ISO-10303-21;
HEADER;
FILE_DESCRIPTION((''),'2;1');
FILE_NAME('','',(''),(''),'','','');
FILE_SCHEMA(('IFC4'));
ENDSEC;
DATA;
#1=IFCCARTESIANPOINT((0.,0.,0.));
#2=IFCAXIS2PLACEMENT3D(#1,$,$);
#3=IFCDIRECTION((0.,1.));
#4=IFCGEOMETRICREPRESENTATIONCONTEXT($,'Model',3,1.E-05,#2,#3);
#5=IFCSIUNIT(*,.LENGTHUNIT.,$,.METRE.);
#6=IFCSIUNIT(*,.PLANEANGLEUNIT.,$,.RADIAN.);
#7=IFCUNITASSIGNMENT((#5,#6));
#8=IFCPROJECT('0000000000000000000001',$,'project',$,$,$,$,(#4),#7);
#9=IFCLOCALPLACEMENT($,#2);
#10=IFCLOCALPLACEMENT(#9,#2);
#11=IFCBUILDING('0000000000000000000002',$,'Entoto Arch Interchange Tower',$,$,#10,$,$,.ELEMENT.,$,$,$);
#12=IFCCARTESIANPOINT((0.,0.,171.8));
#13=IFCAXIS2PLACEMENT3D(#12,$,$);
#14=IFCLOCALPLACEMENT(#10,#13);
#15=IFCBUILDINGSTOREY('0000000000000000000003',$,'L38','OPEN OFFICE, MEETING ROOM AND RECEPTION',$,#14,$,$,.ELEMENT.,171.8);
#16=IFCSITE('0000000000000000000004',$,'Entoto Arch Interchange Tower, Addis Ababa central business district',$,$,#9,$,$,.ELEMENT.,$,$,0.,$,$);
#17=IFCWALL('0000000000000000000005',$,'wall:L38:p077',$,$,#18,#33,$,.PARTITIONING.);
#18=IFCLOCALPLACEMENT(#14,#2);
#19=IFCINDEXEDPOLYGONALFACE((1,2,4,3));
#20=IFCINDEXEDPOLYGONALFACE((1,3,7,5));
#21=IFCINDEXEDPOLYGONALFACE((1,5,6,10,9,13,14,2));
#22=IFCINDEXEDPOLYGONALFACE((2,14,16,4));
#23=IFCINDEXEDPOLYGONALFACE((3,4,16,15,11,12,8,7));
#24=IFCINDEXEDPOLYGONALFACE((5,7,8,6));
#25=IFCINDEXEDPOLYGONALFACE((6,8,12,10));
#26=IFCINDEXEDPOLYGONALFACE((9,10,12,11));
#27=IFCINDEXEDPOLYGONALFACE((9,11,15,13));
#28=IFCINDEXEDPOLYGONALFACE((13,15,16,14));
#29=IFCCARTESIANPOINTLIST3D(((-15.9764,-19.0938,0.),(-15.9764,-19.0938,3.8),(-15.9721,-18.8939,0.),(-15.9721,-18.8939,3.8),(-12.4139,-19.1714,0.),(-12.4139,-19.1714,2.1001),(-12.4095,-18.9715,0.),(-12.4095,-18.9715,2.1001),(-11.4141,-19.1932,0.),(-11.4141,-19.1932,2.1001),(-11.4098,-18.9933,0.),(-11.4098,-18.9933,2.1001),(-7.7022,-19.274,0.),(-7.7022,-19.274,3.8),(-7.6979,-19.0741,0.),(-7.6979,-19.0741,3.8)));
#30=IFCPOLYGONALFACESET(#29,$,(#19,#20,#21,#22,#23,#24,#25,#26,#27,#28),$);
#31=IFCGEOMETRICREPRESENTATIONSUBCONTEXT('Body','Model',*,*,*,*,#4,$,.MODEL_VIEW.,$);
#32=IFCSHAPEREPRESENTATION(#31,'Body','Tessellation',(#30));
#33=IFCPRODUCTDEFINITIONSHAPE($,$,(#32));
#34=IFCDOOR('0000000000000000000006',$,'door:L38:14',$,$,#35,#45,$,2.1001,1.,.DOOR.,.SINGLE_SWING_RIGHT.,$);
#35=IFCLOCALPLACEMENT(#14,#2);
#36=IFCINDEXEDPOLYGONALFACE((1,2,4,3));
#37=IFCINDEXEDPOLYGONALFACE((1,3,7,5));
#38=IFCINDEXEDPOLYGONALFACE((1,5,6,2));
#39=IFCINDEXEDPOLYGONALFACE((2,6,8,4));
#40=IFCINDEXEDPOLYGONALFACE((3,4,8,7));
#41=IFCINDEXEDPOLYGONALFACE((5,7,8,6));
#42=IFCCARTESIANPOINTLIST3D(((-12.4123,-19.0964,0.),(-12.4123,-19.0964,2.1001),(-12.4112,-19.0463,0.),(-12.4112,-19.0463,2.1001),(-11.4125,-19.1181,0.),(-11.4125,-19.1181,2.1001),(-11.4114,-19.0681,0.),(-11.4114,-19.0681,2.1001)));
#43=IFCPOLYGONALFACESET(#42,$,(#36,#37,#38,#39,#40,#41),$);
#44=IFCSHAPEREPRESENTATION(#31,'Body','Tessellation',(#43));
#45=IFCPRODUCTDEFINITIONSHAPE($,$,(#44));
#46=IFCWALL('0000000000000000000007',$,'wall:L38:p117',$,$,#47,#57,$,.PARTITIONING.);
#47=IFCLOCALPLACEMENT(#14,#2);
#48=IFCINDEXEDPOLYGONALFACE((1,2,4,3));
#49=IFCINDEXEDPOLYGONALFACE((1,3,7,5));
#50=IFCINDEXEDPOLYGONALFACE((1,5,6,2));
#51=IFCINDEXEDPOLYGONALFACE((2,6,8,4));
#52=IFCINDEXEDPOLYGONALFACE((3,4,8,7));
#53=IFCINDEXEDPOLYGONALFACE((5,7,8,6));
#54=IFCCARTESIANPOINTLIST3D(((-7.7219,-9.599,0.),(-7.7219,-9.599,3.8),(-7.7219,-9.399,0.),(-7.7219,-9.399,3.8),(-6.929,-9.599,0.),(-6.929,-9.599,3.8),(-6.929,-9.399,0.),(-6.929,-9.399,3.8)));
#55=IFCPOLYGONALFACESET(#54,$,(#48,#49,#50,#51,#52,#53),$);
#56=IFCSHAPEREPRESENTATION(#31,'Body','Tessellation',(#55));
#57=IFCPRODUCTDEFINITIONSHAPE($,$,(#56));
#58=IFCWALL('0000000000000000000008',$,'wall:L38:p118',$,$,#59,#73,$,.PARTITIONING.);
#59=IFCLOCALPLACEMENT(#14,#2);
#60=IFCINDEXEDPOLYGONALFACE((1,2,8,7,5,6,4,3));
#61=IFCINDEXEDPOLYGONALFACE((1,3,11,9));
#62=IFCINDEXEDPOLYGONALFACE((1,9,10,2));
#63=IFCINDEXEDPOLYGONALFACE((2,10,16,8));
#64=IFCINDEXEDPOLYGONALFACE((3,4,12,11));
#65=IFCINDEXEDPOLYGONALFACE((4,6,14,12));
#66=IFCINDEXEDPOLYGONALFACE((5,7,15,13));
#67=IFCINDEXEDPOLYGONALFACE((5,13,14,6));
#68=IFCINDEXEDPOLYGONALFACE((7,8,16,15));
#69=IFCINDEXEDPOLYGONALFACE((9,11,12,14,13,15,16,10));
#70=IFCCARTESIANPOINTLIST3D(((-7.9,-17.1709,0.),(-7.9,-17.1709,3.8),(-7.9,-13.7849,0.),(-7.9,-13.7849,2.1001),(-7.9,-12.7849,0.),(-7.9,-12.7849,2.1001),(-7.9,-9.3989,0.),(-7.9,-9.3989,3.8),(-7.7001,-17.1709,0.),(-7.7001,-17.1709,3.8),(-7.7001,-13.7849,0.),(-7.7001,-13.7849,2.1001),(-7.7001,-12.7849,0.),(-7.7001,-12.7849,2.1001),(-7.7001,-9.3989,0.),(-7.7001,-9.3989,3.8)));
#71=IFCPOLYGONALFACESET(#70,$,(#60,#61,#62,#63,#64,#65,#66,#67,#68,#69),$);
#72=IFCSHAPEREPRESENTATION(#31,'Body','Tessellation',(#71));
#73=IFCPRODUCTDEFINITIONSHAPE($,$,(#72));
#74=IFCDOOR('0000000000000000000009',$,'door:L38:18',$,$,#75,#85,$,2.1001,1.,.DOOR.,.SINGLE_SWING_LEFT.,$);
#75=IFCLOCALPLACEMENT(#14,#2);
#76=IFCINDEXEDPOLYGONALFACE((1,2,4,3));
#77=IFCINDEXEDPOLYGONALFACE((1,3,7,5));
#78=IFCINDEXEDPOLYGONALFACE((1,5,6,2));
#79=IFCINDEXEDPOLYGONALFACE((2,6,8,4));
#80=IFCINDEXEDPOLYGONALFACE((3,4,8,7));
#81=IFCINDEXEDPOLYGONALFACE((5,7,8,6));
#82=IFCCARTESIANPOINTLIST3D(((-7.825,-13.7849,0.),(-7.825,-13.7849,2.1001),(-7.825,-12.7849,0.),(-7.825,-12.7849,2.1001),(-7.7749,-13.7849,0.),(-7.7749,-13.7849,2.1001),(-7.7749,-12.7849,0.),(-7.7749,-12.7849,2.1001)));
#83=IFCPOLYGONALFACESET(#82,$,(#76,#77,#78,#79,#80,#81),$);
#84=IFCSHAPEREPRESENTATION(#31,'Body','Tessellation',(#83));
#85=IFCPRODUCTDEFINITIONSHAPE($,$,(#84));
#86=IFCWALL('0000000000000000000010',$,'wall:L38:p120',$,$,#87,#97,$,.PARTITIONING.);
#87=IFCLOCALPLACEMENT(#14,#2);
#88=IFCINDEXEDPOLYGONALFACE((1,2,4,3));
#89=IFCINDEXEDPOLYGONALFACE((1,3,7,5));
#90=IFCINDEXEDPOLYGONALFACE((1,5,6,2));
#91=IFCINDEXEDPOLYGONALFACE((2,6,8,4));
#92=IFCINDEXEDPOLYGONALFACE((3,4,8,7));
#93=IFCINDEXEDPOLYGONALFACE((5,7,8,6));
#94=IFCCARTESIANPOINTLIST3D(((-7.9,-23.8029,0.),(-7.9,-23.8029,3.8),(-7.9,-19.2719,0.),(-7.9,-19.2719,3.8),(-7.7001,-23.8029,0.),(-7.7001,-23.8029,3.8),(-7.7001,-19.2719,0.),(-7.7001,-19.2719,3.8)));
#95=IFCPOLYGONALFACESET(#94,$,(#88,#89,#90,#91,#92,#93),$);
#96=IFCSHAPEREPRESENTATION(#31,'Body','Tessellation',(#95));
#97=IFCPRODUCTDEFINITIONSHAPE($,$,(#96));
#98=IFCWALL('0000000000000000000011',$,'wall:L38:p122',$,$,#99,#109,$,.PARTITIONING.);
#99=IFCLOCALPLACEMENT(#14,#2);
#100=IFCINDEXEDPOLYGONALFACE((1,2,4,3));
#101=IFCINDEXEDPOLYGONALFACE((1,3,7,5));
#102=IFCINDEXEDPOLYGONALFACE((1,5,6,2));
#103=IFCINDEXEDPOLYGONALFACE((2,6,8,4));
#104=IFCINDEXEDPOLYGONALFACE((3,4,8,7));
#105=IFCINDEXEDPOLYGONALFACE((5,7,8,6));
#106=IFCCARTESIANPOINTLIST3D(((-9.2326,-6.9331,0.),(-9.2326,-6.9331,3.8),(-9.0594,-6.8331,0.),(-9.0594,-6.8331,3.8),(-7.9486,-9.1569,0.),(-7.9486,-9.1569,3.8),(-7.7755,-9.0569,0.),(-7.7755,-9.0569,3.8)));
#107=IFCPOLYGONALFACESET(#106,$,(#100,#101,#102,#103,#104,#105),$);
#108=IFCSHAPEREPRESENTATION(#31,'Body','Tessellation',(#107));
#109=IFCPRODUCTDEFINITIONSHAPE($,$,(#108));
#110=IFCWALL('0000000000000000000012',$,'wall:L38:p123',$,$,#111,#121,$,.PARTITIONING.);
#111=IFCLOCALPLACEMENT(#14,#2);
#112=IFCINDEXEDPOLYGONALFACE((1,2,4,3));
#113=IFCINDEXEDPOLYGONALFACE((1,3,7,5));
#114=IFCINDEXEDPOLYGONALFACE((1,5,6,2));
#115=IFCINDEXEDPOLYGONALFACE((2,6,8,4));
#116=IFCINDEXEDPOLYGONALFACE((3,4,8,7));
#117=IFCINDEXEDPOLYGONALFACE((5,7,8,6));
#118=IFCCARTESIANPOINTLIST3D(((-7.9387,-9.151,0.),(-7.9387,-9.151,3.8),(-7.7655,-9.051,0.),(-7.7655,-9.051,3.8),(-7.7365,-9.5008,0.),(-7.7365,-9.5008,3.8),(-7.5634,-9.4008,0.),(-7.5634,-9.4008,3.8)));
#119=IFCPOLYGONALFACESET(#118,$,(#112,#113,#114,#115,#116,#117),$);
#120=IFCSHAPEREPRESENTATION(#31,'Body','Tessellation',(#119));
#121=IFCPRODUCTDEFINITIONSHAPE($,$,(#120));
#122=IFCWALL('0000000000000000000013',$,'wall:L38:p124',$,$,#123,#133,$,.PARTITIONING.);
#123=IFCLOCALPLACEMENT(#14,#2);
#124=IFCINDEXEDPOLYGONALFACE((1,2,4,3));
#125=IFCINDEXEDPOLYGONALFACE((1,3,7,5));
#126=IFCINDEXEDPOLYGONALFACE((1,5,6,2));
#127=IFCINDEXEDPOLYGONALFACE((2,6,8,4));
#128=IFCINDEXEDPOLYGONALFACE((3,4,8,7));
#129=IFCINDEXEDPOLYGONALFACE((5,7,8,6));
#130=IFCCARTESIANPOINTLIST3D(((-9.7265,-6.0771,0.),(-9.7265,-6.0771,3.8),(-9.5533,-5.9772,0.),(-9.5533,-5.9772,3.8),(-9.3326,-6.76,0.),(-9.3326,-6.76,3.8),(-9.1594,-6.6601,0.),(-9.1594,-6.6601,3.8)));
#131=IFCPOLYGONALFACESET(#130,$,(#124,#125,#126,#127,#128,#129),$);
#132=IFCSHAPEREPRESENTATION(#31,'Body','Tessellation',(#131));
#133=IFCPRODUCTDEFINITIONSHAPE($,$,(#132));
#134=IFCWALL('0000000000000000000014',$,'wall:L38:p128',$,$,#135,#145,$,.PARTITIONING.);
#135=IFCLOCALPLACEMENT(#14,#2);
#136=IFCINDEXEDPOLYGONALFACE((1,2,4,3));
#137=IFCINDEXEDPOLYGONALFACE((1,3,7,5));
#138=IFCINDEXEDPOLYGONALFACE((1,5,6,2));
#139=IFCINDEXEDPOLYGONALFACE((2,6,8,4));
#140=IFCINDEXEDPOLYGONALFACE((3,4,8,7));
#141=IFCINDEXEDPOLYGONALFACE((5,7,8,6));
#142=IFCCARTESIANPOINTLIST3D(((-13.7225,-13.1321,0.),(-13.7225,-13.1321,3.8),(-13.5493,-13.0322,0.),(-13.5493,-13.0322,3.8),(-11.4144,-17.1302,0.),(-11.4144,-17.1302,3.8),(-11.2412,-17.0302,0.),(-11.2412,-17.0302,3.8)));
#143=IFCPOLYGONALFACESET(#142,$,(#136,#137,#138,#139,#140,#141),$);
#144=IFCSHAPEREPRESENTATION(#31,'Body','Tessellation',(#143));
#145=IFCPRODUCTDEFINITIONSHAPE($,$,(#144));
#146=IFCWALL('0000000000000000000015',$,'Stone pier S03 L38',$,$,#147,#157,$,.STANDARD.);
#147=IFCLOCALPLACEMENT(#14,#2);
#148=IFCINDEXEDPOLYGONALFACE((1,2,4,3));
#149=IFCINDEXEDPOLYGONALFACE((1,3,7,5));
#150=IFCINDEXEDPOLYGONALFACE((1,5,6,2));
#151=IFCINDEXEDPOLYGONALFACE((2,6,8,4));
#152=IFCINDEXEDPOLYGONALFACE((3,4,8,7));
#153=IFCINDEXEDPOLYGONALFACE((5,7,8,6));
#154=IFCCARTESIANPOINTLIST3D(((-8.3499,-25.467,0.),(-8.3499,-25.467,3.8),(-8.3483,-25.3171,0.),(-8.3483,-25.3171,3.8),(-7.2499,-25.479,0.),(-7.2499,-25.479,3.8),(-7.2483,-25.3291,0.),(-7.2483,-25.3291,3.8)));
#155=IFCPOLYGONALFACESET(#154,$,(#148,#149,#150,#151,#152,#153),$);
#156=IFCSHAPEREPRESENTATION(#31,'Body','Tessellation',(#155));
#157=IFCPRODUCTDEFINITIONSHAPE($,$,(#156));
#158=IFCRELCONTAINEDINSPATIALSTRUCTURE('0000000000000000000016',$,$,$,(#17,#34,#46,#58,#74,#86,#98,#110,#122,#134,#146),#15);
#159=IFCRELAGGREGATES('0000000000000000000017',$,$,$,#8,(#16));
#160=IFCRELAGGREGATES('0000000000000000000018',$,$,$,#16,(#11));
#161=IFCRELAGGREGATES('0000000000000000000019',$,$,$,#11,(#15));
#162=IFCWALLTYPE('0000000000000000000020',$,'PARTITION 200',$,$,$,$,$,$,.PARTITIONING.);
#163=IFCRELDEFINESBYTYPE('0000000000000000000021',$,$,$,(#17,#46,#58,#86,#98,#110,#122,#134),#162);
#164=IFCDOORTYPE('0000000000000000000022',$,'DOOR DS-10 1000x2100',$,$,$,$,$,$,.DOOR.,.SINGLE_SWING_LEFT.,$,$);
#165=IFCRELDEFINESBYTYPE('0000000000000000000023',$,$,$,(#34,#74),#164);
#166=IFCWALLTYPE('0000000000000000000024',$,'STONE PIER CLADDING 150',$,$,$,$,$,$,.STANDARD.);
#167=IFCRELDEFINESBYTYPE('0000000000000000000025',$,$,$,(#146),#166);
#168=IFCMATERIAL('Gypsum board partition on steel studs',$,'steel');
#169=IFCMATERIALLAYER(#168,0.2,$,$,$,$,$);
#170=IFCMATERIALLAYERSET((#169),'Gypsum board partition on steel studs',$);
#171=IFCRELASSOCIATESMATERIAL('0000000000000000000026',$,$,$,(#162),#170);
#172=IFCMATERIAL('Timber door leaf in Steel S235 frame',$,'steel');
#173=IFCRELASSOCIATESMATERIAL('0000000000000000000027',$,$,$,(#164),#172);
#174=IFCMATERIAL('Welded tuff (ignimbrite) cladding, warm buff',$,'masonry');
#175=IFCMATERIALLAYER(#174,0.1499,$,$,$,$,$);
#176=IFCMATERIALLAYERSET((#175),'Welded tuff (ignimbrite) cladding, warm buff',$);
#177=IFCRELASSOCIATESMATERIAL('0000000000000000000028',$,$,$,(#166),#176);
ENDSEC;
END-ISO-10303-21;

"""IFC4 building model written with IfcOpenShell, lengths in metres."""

from ifc_helpers import new_model, si_unit, direction, frame, frame_2d, origin, place, context, subcontext, project, spatial, rectangle, extrude, material, layer, layer_set, type_object, element, fill, save


model = new_model("IFC4")

# Units and contexts
model_context = context("Model", 3, precision=1e-05, world=origin(), true_north=direction((0.0, 1.0)))
body_context = subcontext(model_context, "Body", "Model", "MODEL_VIEW")
ifc_project = project(units=[si_unit("LENGTHUNIT", "METRE"), si_unit("PLANEANGLEUNIT", "RADIAN")], contexts=[model_context])

# Site, building, storey
site_placement = place(None, origin())
site = spatial("IfcSite", under=ifc_project, at=site_placement, Name="Entoto Arch Interchange Tower, Addis Ababa central business district", CompositionType="ELEMENT", RefElevation=0.0)
building_placement = place(site_placement, origin())
building = spatial("IfcBuilding", under=site, at=building_placement, Name="Entoto Arch Interchange Tower", CompositionType="ELEMENT")
storey_placement = place(building_placement, frame((0.0, 0.0, 171.8)))
storey = spatial("IfcBuildingStorey", under=building, at=storey_placement, Name="L38", Description="OPEN OFFICE, MEETING ROOM AND RECEPTION", CompositionType="ELEMENT", Elevation=171.8)

# Shared definitions
ifc_material_1 = material(Name="Gypsum board partition on steel studs", Category="steel")
ifc_layer_1 = layer(ifc_material_1, 0.2)
ifc_layer_set_1 = layer_set([ifc_layer_1], Name="Gypsum board partition on steel studs")
wall_type_1 = type_object("IfcWallType", Name="PARTITION 200", PredefinedType="PARTITIONING", material=ifc_layer_set_1)

# Wall, opening, door
wall_1_placement = place(storey_placement, frame((-7.7, -19.1741, 0.0), z_axis=(0.0, 0.0, 1.0), x_axis=(-0.999763, 0.021771, 0.0)))
wall_1 = element("IfcWall", 1, at=wall_1_placement, inside=storey, type_object=wall_type_1, Name="wall:L38:p077", PredefinedType="PARTITIONING", context=body_context, shape_type="SweptSolid", body=[
    extrude(rectangle(XDim=8.2761, YDim=0.2, at=frame_2d((4.1382, 0.0))), origin(), (0.0, 0.0, 1.0), 3.8),
])
opening_1_placement = place(wall_1_placement, frame((3.7129, 0.0, 0.0)))
opening_1 = element("IfcOpeningElement", 2, at=opening_1_placement, cuts=wall_1, PredefinedType="OPENING", context=body_context, shape_type="SweptSolid", body=[
    extrude(rectangle(XDim=1.0, YDim=2.1001, at=frame_2d((0.5, 1.05))), frame((0.0, 0.1099, 0.0), z_axis=(0.0, -1.0, 0.0), x_axis=(1.0, 0.0, 0.0)), (0.0, 0.0, 1.0), 0.22),
])
ifc_material_2 = material(Name="Timber door leaf in Steel S235 frame", Category="steel")
door_type = type_object("IfcDoorType", Name="DOOR DS-10 1000x2100", OperationType="SINGLE_SWING_LEFT", PredefinedType="DOOR", material=ifc_material_2)
door_1_placement = place(opening_1_placement, origin())
door_1 = element("IfcDoor", 3, at=door_1_placement, inside=storey, type_object=door_type, Name="door:L38:14", OperationType="SINGLE_SWING_RIGHT", OverallHeight=2.1001, OverallWidth=1.0, PredefinedType="DOOR", context=body_context, shape_type="SweptSolid", body=[
    extrude(rectangle(XDim=1.0, YDim=2.1001, at=frame_2d((0.5, 1.05))), frame((0.0, 0.0249, 0.0), z_axis=(0.0, -1.0, 0.0), x_axis=(1.0, 0.0, 0.0)), (0.0, 0.0, 1.0), 0.05),
])
fill(opening_1, door_1)

# Wall
wall_2_placement = place(storey_placement, frame((-7.7219, -9.499, 0.0), z_axis=(0.0, 0.0, 1.0), x_axis=(1.0, 0.0, 0.0)))
element("IfcWall", 4, at=wall_2_placement, inside=storey, type_object=wall_type_1, Name="wall:L38:p117", PredefinedType="PARTITIONING", context=body_context, shape_type="SweptSolid", body=[
    extrude(rectangle(XDim=0.793, YDim=0.2, at=frame_2d((0.3965, 0.0))), origin(), (0.0, 0.0, 1.0), 3.8),
])

# Wall, opening, door
wall_3_placement = place(storey_placement, frame((-7.8, -17.1709, 0.0), z_axis=(0.0, 0.0, 1.0), x_axis=(0.0, 1.0, 0.0)))
wall_3 = element("IfcWall", 5, at=wall_3_placement, inside=storey, type_object=wall_type_1, Name="wall:L38:p118", PredefinedType="PARTITIONING", context=body_context, shape_type="SweptSolid", body=[
    extrude(rectangle(XDim=7.772, YDim=0.2, at=frame_2d((3.886, 0.0))), origin(), (0.0, 0.0, 1.0), 3.8),
])
opening_2_placement = place(wall_3_placement, frame((3.386, 0.0, 0.0)))
opening_2 = element("IfcOpeningElement", 6, at=opening_2_placement, cuts=wall_3, PredefinedType="OPENING", context=body_context, shape_type="SweptSolid", body=[
    extrude(rectangle(XDim=1.0, YDim=2.1001, at=frame_2d((0.5, 1.05))), frame((0.0, 0.1099, 0.0), z_axis=(0.0, -1.0, 0.0), x_axis=(1.0, 0.0, 0.0)), (0.0, 0.0, 1.0), 0.22),
])
door_2_placement = place(opening_2_placement, origin())
door_2 = element("IfcDoor", 7, at=door_2_placement, inside=storey, type_object=door_type, Name="door:L38:18", OperationType="SINGLE_SWING_LEFT", OverallHeight=2.1001, OverallWidth=1.0, PredefinedType="DOOR", context=body_context, shape_type="SweptSolid", body=[
    extrude(rectangle(XDim=1.0, YDim=2.1001, at=frame_2d((0.5, 1.05))), frame((0.0, 0.0249, 0.0), z_axis=(0.0, -1.0, 0.0), x_axis=(1.0, 0.0, 0.0)), (0.0, 0.0, 1.0), 0.05),
])
fill(opening_2, door_2)

# Walls
wall_4_placement = place(storey_placement, frame((-7.8, -23.803, 0.0), z_axis=(0.0, 0.0, 1.0), x_axis=(0.0, 1.0, 0.0)))
element("IfcWall", 8, at=wall_4_placement, inside=storey, type_object=wall_type_1, Name="wall:L38:p120", PredefinedType="PARTITIONING", context=body_context, shape_type="SweptSolid", body=[
    extrude(rectangle(XDim=4.531, YDim=0.2, at=frame_2d((2.2656, 0.0))), origin(), (0.0, 0.0, 1.0), 3.8),
])
wall_5_placement = place(storey_placement, frame((-7.8621, -9.1069, 0.0), z_axis=(0.0, 0.0, 1.0), x_axis=(-0.499994, 0.866029, 0.0)))
element("IfcWall", 9, at=wall_5_placement, inside=storey, type_object=wall_type_1, Name="wall:L38:p122", PredefinedType="PARTITIONING", context=body_context, shape_type="SweptSolid", body=[
    extrude(rectangle(XDim=2.5679, YDim=0.2, at=frame_2d((1.2839, 0.0))), origin(), (0.0, 0.0, 1.0), 3.8),
])
wall_6_placement = place(storey_placement, frame((-7.6499, -9.4509, 0.0), z_axis=(0.0, 0.0, 1.0), x_axis=(-0.500298, 0.865853, 0.0)))
element("IfcWall", 10, at=wall_6_placement, inside=storey, type_object=wall_type_1, Name="wall:L38:p123", PredefinedType="PARTITIONING", context=body_context, shape_type="SweptSolid", body=[
    extrude(rectangle(XDim=0.4041, YDim=0.2, at=frame_2d((0.2021, 0.0))), origin(), (0.0, 0.0, 1.0), 3.8),
])
wall_7_placement = place(storey_placement, frame((-9.2461, -6.71, 0.0), z_axis=(0.0, 0.0, 1.0), x_axis=(-0.499571, 0.866273, 0.0)))
element("IfcWall", 11, at=wall_7_placement, inside=storey, type_object=wall_type_1, Name="wall:L38:p124", PredefinedType="PARTITIONING", context=body_context, shape_type="SweptSolid", body=[
    extrude(rectangle(XDim=0.7883, YDim=0.2, at=frame_2d((0.394, 0.0))), origin(), (0.0, 0.0, 1.0), 3.8),
])
wall_8_placement = place(storey_placement, frame((-11.3279, -17.0801, 0.0), z_axis=(0.0, 0.0, 1.0), x_axis=(-0.499973, 0.866041, 0.0)))
element("IfcWall", 12, at=wall_8_placement, inside=storey, type_object=wall_type_1, Name="wall:L38:p128", PredefinedType="PARTITIONING", context=body_context, shape_type="SweptSolid", body=[
    extrude(rectangle(XDim=4.6165, YDim=0.2, at=frame_2d((2.3081, 0.0))), origin(), (0.0, 0.0, 1.0), 3.8),
])
ifc_material_3 = material(Name="Welded tuff (ignimbrite) cladding, warm buff", Category="masonry")
ifc_layer_2 = layer(ifc_material_3, 0.1499)
ifc_layer_set_2 = layer_set([ifc_layer_2], Name="Welded tuff (ignimbrite) cladding, warm buff")
wall_type_2 = type_object("IfcWallType", Name="STONE PIER CLADDING 150", PredefinedType="STANDARD", material=ifc_layer_set_2)
wall_9_placement = place(storey_placement, frame((-8.3491, -25.3921, 0.0), z_axis=(0.0, 0.0, 1.0), x_axis=(0.999941, -0.010874, 0.0)))
element("IfcWall", 13, at=wall_9_placement, inside=storey, type_object=wall_type_2, Name="Stone pier S03 L38", PredefinedType="STANDARD", context=body_context, shape_type="SweptSolid", body=[
    extrude(rectangle(XDim=1.1001, YDim=0.1499, at=frame_2d((0.55, 0.0))), origin(), (0.0, 0.0, 1.0), 3.8),
])

save(model, "model.ifc")
